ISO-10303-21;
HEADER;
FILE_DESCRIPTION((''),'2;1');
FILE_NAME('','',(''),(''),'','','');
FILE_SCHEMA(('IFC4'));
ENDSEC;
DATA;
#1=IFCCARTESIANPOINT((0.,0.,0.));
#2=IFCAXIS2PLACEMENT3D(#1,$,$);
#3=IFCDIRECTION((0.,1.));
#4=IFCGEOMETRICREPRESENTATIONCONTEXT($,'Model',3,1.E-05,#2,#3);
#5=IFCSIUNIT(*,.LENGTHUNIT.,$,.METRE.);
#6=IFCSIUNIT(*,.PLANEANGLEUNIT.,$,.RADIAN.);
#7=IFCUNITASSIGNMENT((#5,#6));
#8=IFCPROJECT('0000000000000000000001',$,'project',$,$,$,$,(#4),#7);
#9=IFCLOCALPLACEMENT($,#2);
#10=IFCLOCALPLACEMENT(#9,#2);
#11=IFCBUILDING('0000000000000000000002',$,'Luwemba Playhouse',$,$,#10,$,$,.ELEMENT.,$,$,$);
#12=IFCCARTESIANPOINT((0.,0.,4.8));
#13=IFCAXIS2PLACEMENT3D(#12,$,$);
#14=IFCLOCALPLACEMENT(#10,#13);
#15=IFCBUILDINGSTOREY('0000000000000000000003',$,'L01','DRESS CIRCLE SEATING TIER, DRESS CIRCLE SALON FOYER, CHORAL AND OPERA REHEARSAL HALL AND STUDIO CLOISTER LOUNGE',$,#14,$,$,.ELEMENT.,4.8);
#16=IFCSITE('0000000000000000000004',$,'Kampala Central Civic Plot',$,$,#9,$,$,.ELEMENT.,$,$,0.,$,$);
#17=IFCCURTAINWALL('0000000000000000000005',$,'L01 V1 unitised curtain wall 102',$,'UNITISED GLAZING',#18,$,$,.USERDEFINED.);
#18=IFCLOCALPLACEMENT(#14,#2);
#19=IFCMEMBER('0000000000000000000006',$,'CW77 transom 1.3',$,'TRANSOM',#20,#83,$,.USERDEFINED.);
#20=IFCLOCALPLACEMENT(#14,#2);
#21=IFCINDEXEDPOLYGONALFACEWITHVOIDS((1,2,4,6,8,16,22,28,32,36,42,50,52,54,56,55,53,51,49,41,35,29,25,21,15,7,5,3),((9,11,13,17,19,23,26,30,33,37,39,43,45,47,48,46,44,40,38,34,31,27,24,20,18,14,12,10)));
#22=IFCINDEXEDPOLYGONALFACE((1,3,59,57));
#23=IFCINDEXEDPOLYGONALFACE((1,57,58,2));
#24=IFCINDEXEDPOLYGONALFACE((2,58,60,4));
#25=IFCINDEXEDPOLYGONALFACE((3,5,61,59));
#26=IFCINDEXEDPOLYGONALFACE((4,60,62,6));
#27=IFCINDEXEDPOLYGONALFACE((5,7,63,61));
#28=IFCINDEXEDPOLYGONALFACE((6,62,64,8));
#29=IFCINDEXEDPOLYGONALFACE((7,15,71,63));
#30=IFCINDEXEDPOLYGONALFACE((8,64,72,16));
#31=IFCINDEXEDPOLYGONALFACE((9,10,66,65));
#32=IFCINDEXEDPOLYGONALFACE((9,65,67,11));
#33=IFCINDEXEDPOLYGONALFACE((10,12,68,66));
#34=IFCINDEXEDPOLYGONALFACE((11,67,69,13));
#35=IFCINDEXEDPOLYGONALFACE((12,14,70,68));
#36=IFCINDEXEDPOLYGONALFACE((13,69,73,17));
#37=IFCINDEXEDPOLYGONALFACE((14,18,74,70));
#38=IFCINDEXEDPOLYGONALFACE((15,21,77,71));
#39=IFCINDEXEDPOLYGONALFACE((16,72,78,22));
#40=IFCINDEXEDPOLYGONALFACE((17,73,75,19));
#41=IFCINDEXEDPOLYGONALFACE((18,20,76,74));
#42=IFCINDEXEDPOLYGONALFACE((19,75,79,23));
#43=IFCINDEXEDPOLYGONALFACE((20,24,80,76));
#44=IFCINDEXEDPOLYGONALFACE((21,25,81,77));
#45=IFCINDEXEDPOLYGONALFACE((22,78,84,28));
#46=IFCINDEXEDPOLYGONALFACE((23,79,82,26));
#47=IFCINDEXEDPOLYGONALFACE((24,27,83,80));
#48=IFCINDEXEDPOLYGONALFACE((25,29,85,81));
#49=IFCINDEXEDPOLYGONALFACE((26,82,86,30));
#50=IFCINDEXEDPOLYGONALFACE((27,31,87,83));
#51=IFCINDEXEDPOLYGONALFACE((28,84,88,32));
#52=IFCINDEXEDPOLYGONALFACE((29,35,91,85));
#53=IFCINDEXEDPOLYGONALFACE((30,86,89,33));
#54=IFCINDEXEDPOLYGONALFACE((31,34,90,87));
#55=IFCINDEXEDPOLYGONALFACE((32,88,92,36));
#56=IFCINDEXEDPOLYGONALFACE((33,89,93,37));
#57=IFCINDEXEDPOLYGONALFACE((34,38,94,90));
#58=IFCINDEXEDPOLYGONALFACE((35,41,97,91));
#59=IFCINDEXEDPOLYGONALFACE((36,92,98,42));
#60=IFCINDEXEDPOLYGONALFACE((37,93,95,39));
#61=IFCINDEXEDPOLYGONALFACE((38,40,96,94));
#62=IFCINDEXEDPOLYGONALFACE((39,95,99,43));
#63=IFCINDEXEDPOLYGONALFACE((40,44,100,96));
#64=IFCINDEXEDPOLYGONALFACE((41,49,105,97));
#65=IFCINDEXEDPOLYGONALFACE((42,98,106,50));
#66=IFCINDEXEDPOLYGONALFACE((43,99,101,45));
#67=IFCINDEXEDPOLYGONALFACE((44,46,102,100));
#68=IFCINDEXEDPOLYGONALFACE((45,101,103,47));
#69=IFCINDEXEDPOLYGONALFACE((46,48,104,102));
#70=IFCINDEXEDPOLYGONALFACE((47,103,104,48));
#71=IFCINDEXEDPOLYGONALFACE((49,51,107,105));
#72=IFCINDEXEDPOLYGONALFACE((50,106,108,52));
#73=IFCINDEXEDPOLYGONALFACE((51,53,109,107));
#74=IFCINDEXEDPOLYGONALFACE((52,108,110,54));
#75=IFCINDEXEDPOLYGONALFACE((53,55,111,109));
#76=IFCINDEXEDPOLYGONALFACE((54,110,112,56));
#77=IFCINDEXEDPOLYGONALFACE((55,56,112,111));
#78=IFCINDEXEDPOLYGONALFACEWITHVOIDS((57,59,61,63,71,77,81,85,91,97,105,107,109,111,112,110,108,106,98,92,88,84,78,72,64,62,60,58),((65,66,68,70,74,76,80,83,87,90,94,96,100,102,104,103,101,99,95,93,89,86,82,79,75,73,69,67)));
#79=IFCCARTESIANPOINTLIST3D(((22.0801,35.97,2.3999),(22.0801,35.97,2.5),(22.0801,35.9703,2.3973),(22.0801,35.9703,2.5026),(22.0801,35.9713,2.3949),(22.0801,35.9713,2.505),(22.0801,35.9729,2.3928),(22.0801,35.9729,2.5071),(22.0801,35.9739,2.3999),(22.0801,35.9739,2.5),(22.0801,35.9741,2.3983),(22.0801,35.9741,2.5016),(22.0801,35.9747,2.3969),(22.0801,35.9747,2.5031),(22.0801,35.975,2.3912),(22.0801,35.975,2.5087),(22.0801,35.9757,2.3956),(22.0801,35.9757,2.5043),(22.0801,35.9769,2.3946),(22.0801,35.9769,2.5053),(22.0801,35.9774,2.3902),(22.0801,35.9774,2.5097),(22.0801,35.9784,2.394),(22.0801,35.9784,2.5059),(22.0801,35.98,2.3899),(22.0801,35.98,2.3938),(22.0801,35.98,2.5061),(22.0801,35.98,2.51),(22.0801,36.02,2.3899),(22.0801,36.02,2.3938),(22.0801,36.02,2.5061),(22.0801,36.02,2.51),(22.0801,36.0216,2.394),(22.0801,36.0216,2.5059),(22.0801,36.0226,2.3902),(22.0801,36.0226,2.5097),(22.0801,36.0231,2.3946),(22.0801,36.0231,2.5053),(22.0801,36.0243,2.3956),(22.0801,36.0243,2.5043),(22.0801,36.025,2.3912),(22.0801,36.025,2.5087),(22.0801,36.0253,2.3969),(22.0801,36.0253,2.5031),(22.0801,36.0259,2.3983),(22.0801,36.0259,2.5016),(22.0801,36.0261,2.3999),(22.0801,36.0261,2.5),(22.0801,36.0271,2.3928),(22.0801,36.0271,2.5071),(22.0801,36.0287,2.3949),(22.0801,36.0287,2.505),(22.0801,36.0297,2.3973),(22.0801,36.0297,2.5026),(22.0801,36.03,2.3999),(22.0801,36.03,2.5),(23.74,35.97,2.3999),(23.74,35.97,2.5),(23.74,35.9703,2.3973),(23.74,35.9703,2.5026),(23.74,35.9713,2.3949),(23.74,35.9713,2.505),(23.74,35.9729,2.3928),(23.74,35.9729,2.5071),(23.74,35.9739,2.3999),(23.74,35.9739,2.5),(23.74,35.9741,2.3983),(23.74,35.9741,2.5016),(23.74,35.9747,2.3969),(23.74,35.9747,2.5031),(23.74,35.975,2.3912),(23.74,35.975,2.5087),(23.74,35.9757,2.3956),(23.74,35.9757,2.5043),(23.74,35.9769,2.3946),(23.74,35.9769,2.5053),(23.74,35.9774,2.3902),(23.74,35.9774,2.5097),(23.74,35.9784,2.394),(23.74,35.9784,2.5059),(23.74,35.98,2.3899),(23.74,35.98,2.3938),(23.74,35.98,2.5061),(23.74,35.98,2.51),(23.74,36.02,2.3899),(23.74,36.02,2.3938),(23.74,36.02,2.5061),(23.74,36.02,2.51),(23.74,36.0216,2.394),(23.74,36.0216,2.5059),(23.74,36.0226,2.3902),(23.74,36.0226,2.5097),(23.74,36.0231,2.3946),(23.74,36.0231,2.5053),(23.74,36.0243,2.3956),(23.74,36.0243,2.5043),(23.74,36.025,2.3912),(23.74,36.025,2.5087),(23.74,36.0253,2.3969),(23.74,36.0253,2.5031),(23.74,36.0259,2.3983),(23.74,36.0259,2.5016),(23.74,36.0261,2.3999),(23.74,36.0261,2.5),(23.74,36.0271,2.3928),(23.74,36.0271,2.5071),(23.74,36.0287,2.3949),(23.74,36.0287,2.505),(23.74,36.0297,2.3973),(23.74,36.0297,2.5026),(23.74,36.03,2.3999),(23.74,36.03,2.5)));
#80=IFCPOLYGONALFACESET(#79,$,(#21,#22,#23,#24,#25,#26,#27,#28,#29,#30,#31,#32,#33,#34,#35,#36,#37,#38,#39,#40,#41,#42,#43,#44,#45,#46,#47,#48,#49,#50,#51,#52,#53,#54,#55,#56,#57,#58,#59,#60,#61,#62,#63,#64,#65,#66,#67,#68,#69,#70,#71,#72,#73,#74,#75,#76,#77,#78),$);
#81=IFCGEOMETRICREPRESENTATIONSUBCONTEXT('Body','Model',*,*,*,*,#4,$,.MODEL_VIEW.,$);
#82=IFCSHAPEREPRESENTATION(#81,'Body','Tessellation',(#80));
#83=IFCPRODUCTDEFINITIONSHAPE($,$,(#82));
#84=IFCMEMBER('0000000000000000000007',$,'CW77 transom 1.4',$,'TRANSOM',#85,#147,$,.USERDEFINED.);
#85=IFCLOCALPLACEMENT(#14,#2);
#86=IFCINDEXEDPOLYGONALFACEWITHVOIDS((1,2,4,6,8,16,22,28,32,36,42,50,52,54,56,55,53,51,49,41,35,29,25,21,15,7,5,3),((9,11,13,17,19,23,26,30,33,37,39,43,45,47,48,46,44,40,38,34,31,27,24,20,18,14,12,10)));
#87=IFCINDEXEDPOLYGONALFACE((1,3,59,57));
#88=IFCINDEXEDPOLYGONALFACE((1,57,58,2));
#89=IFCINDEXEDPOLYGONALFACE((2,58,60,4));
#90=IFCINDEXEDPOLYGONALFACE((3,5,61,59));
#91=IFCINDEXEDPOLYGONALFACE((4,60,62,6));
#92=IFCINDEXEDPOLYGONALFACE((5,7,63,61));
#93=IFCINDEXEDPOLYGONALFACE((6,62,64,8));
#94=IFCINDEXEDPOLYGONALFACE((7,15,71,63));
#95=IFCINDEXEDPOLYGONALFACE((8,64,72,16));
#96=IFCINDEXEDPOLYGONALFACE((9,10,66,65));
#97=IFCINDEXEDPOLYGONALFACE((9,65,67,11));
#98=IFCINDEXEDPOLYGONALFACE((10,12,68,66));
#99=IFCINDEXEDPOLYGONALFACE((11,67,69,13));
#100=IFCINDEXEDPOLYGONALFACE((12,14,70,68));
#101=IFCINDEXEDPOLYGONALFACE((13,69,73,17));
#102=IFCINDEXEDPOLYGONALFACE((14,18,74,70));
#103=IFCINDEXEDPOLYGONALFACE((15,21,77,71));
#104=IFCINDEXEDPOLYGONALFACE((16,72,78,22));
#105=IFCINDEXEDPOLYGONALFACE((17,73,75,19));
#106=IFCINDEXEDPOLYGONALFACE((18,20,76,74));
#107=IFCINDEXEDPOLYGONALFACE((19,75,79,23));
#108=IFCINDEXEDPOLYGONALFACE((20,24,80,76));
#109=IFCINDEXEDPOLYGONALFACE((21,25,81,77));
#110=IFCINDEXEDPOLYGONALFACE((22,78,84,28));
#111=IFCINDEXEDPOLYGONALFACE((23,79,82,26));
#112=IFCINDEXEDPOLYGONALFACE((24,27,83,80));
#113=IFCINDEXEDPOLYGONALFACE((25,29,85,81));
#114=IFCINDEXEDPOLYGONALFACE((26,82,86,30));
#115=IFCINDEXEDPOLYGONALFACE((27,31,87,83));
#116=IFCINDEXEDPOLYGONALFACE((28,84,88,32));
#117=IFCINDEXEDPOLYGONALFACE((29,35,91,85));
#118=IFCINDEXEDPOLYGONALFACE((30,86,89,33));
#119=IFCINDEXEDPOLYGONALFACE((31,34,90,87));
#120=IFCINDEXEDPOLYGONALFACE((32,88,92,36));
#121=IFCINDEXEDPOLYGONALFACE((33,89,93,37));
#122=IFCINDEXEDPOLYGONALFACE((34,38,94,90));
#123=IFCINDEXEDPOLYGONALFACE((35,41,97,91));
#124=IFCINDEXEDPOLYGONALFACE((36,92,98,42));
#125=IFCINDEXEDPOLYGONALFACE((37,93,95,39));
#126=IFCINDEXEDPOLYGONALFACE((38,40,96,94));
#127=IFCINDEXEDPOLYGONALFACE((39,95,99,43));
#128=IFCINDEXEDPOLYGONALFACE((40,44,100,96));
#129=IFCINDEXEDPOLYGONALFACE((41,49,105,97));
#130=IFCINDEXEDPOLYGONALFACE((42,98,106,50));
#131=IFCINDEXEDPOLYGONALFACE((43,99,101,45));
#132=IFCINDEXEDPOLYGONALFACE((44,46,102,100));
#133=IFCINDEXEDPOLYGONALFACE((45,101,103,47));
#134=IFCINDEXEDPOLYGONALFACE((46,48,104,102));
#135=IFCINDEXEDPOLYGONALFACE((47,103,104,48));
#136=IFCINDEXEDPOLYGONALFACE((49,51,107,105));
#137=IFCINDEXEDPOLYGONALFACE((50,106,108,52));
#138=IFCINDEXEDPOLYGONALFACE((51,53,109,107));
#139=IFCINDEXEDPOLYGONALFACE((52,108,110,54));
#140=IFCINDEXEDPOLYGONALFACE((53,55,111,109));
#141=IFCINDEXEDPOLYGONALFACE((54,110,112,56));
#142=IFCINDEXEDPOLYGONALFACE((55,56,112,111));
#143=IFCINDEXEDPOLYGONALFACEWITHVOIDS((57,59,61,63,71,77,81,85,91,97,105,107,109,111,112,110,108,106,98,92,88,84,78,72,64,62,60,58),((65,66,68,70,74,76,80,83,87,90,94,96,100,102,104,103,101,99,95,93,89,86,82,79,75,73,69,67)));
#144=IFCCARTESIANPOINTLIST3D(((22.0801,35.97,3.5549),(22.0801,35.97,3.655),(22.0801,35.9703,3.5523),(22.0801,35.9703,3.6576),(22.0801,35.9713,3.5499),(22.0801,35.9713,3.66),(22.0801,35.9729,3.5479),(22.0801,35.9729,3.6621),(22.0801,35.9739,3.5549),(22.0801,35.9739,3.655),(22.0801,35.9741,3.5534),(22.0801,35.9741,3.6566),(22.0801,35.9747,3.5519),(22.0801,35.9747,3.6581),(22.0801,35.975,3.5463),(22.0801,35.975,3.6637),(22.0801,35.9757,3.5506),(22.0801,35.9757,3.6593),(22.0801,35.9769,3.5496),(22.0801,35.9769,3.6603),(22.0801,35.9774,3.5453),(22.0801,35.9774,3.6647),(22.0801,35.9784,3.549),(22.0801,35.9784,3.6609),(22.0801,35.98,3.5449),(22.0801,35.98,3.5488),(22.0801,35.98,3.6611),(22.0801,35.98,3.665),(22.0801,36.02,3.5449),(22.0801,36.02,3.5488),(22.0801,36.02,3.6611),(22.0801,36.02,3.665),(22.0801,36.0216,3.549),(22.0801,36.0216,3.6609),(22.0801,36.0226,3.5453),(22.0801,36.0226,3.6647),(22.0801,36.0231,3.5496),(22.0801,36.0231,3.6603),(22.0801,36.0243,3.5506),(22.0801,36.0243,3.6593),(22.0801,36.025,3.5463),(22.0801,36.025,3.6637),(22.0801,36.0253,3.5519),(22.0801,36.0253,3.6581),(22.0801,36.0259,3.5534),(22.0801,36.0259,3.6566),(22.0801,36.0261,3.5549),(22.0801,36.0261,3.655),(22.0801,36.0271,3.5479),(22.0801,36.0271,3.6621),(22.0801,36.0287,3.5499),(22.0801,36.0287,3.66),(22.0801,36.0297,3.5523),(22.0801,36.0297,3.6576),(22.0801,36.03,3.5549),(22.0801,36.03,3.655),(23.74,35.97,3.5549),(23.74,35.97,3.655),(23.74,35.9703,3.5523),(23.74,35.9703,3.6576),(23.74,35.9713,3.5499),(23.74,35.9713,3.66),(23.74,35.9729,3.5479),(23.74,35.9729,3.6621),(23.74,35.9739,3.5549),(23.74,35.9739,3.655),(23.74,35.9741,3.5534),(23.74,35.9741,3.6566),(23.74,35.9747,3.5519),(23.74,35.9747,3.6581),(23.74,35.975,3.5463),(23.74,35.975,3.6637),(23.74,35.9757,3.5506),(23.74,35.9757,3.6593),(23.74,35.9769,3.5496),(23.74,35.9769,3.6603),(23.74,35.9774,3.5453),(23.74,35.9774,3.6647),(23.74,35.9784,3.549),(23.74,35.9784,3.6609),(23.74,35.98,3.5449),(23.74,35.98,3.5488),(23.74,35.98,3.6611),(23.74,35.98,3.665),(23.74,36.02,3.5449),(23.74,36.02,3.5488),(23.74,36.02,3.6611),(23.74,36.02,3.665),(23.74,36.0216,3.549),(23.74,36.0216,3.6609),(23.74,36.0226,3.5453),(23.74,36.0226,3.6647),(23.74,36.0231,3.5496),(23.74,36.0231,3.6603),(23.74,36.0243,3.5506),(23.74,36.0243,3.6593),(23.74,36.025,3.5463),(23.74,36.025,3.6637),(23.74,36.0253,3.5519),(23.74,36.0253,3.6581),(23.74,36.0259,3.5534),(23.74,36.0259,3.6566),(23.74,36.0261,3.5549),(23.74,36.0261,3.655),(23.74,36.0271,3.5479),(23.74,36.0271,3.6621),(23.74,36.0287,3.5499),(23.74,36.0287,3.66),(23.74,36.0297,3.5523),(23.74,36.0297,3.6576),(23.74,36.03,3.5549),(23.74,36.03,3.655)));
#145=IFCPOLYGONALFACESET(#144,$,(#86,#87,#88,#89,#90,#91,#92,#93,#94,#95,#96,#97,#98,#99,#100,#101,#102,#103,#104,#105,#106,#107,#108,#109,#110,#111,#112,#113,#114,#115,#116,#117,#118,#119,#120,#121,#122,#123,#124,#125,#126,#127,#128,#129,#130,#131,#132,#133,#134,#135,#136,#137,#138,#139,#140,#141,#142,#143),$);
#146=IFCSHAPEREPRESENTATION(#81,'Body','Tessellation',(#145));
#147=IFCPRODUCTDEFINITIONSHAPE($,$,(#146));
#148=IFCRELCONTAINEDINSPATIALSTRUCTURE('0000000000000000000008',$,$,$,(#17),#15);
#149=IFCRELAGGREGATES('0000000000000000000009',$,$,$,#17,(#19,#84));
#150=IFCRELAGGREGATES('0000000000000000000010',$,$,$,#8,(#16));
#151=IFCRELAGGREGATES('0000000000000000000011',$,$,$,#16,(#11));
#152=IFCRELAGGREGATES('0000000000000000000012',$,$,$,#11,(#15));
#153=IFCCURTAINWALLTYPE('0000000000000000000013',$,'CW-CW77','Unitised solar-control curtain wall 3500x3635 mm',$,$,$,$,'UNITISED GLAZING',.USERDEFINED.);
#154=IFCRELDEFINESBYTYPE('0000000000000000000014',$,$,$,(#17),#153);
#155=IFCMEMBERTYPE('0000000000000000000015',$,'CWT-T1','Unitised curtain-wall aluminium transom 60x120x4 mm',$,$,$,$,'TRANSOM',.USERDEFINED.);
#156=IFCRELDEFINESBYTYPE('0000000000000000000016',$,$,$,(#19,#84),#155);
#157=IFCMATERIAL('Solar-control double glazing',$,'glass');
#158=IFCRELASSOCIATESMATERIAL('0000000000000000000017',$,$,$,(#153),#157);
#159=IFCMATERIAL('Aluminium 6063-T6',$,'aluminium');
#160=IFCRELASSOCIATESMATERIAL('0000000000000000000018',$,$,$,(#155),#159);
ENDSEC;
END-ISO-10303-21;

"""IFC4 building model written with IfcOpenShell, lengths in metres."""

from ifc_helpers import new_model, si_unit, direction, frame, origin, origin_2d, place, context, subcontext, project, spatial, hollow_rectangle, extrude, material, material_profile, profile_set, type_object, element, aggregate, save


model = new_model("IFC4")

# Units and contexts
model_context = context("Model", 3, precision=1e-05, world=origin(), true_north=direction((0.0, 1.0)))
body_context = subcontext(model_context, "Body", "Model", "MODEL_VIEW")
ifc_project = project(units=[si_unit("LENGTHUNIT", "METRE"), si_unit("PLANEANGLEUNIT", "RADIAN")], contexts=[model_context])

# Site, building, storey
site_placement = place(None, origin())
site = spatial("IfcSite", under=ifc_project, at=site_placement, Name="Kampala Central Civic Plot", CompositionType="ELEMENT", RefElevation=0.0)
building_placement = place(site_placement, origin())
building = spatial("IfcBuilding", under=site, at=building_placement, Name="Luwemba Playhouse", CompositionType="ELEMENT")
storey_placement = place(building_placement, frame((0.0, 0.0, 4.8)))
storey = spatial("IfcBuildingStorey", under=building, at=storey_placement, Name="L01", Description="DRESS CIRCLE SEATING TIER, DRESS CIRCLE SALON FOYER, CHORAL AND OPERA REHEARSAL HALL AND STUDIO CLOISTER LOUNGE", CompositionType="ELEMENT", Elevation=4.8)

# Curtain wall
ifc_material_1 = material(Name="Solar-control double glazing", Category="glass")
curtain_wall_type_1 = type_object("IfcCurtainWallType", Name="CW-CW77", Description="Unitised solar-control curtain wall 3500x3635 mm", ElementType="UNITISED GLAZING", PredefinedType="USERDEFINED", material=ifc_material_1)
curtain_wall_1_placement = place(storey_placement, origin())
curtain_wall_1 = element("IfcCurtainWall", 1, at=curtain_wall_1_placement, inside=storey, type_object=curtain_wall_type_1, Name="L01 V1 unitised curtain wall 102", ObjectType="UNITISED GLAZING", PredefinedType="USERDEFINED")
ifc_material_2 = material(Name="Aluminium 6063-T6", Category="aluminium")

# Members
ifc_material_profile_1 = material_profile(ifc_material_2, hollow_rectangle(XDim=0.0601, YDim=0.1201, WallThickness=0.0039, InnerFilletRadius=0.0061, OuterFilletRadius=0.01, at=origin_2d()))
ifc_profile_set_1 = profile_set([ifc_material_profile_1], Name="Aluminium 6063-T6")
member_type_1 = type_object("IfcMemberType", Name="CWT-T1", Description="Unitised curtain-wall aluminium transom 60x120x4 mm", ElementType="TRANSOM", PredefinedType="USERDEFINED", material=ifc_profile_set_1)
member_1_placement = place(storey_placement, frame((23.74, 36.0, 2.45), z_axis=(-1.0, 0.0, 0.0), x_axis=(0.0, -1.0, 0.0)))
member_1 = element("IfcMember", 2, at=member_1_placement, type_object=member_type_1, Name="CW77 transom 1.3", ObjectType="TRANSOM", PredefinedType="USERDEFINED", context=body_context, shape_type="SweptSolid", body=[
    extrude(hollow_rectangle(XDim=0.0601, YDim=0.1201, WallThickness=0.0039, InnerFilletRadius=0.0061, OuterFilletRadius=0.01, at=origin_2d()), origin(), (0.0, 0.0, 1.0), 1.6599),
])
member_2_placement = place(storey_placement, frame((23.74, 36.0, 3.605), z_axis=(-1.0, 0.0, 0.0), x_axis=(0.0, -1.0, 0.0)))
member_2 = element("IfcMember", 3, at=member_2_placement, type_object=member_type_1, Name="CW77 transom 1.4", ObjectType="TRANSOM", PredefinedType="USERDEFINED", context=body_context, shape_type="SweptSolid", body=[
    extrude(hollow_rectangle(XDim=0.0601, YDim=0.1201, WallThickness=0.0039, InnerFilletRadius=0.0061, OuterFilletRadius=0.01, at=origin_2d()), origin(), (0.0, 0.0, 1.0), 1.6599),
])

aggregate(curtain_wall_1, [member_1, member_2])

save(model, "model.ifc")
